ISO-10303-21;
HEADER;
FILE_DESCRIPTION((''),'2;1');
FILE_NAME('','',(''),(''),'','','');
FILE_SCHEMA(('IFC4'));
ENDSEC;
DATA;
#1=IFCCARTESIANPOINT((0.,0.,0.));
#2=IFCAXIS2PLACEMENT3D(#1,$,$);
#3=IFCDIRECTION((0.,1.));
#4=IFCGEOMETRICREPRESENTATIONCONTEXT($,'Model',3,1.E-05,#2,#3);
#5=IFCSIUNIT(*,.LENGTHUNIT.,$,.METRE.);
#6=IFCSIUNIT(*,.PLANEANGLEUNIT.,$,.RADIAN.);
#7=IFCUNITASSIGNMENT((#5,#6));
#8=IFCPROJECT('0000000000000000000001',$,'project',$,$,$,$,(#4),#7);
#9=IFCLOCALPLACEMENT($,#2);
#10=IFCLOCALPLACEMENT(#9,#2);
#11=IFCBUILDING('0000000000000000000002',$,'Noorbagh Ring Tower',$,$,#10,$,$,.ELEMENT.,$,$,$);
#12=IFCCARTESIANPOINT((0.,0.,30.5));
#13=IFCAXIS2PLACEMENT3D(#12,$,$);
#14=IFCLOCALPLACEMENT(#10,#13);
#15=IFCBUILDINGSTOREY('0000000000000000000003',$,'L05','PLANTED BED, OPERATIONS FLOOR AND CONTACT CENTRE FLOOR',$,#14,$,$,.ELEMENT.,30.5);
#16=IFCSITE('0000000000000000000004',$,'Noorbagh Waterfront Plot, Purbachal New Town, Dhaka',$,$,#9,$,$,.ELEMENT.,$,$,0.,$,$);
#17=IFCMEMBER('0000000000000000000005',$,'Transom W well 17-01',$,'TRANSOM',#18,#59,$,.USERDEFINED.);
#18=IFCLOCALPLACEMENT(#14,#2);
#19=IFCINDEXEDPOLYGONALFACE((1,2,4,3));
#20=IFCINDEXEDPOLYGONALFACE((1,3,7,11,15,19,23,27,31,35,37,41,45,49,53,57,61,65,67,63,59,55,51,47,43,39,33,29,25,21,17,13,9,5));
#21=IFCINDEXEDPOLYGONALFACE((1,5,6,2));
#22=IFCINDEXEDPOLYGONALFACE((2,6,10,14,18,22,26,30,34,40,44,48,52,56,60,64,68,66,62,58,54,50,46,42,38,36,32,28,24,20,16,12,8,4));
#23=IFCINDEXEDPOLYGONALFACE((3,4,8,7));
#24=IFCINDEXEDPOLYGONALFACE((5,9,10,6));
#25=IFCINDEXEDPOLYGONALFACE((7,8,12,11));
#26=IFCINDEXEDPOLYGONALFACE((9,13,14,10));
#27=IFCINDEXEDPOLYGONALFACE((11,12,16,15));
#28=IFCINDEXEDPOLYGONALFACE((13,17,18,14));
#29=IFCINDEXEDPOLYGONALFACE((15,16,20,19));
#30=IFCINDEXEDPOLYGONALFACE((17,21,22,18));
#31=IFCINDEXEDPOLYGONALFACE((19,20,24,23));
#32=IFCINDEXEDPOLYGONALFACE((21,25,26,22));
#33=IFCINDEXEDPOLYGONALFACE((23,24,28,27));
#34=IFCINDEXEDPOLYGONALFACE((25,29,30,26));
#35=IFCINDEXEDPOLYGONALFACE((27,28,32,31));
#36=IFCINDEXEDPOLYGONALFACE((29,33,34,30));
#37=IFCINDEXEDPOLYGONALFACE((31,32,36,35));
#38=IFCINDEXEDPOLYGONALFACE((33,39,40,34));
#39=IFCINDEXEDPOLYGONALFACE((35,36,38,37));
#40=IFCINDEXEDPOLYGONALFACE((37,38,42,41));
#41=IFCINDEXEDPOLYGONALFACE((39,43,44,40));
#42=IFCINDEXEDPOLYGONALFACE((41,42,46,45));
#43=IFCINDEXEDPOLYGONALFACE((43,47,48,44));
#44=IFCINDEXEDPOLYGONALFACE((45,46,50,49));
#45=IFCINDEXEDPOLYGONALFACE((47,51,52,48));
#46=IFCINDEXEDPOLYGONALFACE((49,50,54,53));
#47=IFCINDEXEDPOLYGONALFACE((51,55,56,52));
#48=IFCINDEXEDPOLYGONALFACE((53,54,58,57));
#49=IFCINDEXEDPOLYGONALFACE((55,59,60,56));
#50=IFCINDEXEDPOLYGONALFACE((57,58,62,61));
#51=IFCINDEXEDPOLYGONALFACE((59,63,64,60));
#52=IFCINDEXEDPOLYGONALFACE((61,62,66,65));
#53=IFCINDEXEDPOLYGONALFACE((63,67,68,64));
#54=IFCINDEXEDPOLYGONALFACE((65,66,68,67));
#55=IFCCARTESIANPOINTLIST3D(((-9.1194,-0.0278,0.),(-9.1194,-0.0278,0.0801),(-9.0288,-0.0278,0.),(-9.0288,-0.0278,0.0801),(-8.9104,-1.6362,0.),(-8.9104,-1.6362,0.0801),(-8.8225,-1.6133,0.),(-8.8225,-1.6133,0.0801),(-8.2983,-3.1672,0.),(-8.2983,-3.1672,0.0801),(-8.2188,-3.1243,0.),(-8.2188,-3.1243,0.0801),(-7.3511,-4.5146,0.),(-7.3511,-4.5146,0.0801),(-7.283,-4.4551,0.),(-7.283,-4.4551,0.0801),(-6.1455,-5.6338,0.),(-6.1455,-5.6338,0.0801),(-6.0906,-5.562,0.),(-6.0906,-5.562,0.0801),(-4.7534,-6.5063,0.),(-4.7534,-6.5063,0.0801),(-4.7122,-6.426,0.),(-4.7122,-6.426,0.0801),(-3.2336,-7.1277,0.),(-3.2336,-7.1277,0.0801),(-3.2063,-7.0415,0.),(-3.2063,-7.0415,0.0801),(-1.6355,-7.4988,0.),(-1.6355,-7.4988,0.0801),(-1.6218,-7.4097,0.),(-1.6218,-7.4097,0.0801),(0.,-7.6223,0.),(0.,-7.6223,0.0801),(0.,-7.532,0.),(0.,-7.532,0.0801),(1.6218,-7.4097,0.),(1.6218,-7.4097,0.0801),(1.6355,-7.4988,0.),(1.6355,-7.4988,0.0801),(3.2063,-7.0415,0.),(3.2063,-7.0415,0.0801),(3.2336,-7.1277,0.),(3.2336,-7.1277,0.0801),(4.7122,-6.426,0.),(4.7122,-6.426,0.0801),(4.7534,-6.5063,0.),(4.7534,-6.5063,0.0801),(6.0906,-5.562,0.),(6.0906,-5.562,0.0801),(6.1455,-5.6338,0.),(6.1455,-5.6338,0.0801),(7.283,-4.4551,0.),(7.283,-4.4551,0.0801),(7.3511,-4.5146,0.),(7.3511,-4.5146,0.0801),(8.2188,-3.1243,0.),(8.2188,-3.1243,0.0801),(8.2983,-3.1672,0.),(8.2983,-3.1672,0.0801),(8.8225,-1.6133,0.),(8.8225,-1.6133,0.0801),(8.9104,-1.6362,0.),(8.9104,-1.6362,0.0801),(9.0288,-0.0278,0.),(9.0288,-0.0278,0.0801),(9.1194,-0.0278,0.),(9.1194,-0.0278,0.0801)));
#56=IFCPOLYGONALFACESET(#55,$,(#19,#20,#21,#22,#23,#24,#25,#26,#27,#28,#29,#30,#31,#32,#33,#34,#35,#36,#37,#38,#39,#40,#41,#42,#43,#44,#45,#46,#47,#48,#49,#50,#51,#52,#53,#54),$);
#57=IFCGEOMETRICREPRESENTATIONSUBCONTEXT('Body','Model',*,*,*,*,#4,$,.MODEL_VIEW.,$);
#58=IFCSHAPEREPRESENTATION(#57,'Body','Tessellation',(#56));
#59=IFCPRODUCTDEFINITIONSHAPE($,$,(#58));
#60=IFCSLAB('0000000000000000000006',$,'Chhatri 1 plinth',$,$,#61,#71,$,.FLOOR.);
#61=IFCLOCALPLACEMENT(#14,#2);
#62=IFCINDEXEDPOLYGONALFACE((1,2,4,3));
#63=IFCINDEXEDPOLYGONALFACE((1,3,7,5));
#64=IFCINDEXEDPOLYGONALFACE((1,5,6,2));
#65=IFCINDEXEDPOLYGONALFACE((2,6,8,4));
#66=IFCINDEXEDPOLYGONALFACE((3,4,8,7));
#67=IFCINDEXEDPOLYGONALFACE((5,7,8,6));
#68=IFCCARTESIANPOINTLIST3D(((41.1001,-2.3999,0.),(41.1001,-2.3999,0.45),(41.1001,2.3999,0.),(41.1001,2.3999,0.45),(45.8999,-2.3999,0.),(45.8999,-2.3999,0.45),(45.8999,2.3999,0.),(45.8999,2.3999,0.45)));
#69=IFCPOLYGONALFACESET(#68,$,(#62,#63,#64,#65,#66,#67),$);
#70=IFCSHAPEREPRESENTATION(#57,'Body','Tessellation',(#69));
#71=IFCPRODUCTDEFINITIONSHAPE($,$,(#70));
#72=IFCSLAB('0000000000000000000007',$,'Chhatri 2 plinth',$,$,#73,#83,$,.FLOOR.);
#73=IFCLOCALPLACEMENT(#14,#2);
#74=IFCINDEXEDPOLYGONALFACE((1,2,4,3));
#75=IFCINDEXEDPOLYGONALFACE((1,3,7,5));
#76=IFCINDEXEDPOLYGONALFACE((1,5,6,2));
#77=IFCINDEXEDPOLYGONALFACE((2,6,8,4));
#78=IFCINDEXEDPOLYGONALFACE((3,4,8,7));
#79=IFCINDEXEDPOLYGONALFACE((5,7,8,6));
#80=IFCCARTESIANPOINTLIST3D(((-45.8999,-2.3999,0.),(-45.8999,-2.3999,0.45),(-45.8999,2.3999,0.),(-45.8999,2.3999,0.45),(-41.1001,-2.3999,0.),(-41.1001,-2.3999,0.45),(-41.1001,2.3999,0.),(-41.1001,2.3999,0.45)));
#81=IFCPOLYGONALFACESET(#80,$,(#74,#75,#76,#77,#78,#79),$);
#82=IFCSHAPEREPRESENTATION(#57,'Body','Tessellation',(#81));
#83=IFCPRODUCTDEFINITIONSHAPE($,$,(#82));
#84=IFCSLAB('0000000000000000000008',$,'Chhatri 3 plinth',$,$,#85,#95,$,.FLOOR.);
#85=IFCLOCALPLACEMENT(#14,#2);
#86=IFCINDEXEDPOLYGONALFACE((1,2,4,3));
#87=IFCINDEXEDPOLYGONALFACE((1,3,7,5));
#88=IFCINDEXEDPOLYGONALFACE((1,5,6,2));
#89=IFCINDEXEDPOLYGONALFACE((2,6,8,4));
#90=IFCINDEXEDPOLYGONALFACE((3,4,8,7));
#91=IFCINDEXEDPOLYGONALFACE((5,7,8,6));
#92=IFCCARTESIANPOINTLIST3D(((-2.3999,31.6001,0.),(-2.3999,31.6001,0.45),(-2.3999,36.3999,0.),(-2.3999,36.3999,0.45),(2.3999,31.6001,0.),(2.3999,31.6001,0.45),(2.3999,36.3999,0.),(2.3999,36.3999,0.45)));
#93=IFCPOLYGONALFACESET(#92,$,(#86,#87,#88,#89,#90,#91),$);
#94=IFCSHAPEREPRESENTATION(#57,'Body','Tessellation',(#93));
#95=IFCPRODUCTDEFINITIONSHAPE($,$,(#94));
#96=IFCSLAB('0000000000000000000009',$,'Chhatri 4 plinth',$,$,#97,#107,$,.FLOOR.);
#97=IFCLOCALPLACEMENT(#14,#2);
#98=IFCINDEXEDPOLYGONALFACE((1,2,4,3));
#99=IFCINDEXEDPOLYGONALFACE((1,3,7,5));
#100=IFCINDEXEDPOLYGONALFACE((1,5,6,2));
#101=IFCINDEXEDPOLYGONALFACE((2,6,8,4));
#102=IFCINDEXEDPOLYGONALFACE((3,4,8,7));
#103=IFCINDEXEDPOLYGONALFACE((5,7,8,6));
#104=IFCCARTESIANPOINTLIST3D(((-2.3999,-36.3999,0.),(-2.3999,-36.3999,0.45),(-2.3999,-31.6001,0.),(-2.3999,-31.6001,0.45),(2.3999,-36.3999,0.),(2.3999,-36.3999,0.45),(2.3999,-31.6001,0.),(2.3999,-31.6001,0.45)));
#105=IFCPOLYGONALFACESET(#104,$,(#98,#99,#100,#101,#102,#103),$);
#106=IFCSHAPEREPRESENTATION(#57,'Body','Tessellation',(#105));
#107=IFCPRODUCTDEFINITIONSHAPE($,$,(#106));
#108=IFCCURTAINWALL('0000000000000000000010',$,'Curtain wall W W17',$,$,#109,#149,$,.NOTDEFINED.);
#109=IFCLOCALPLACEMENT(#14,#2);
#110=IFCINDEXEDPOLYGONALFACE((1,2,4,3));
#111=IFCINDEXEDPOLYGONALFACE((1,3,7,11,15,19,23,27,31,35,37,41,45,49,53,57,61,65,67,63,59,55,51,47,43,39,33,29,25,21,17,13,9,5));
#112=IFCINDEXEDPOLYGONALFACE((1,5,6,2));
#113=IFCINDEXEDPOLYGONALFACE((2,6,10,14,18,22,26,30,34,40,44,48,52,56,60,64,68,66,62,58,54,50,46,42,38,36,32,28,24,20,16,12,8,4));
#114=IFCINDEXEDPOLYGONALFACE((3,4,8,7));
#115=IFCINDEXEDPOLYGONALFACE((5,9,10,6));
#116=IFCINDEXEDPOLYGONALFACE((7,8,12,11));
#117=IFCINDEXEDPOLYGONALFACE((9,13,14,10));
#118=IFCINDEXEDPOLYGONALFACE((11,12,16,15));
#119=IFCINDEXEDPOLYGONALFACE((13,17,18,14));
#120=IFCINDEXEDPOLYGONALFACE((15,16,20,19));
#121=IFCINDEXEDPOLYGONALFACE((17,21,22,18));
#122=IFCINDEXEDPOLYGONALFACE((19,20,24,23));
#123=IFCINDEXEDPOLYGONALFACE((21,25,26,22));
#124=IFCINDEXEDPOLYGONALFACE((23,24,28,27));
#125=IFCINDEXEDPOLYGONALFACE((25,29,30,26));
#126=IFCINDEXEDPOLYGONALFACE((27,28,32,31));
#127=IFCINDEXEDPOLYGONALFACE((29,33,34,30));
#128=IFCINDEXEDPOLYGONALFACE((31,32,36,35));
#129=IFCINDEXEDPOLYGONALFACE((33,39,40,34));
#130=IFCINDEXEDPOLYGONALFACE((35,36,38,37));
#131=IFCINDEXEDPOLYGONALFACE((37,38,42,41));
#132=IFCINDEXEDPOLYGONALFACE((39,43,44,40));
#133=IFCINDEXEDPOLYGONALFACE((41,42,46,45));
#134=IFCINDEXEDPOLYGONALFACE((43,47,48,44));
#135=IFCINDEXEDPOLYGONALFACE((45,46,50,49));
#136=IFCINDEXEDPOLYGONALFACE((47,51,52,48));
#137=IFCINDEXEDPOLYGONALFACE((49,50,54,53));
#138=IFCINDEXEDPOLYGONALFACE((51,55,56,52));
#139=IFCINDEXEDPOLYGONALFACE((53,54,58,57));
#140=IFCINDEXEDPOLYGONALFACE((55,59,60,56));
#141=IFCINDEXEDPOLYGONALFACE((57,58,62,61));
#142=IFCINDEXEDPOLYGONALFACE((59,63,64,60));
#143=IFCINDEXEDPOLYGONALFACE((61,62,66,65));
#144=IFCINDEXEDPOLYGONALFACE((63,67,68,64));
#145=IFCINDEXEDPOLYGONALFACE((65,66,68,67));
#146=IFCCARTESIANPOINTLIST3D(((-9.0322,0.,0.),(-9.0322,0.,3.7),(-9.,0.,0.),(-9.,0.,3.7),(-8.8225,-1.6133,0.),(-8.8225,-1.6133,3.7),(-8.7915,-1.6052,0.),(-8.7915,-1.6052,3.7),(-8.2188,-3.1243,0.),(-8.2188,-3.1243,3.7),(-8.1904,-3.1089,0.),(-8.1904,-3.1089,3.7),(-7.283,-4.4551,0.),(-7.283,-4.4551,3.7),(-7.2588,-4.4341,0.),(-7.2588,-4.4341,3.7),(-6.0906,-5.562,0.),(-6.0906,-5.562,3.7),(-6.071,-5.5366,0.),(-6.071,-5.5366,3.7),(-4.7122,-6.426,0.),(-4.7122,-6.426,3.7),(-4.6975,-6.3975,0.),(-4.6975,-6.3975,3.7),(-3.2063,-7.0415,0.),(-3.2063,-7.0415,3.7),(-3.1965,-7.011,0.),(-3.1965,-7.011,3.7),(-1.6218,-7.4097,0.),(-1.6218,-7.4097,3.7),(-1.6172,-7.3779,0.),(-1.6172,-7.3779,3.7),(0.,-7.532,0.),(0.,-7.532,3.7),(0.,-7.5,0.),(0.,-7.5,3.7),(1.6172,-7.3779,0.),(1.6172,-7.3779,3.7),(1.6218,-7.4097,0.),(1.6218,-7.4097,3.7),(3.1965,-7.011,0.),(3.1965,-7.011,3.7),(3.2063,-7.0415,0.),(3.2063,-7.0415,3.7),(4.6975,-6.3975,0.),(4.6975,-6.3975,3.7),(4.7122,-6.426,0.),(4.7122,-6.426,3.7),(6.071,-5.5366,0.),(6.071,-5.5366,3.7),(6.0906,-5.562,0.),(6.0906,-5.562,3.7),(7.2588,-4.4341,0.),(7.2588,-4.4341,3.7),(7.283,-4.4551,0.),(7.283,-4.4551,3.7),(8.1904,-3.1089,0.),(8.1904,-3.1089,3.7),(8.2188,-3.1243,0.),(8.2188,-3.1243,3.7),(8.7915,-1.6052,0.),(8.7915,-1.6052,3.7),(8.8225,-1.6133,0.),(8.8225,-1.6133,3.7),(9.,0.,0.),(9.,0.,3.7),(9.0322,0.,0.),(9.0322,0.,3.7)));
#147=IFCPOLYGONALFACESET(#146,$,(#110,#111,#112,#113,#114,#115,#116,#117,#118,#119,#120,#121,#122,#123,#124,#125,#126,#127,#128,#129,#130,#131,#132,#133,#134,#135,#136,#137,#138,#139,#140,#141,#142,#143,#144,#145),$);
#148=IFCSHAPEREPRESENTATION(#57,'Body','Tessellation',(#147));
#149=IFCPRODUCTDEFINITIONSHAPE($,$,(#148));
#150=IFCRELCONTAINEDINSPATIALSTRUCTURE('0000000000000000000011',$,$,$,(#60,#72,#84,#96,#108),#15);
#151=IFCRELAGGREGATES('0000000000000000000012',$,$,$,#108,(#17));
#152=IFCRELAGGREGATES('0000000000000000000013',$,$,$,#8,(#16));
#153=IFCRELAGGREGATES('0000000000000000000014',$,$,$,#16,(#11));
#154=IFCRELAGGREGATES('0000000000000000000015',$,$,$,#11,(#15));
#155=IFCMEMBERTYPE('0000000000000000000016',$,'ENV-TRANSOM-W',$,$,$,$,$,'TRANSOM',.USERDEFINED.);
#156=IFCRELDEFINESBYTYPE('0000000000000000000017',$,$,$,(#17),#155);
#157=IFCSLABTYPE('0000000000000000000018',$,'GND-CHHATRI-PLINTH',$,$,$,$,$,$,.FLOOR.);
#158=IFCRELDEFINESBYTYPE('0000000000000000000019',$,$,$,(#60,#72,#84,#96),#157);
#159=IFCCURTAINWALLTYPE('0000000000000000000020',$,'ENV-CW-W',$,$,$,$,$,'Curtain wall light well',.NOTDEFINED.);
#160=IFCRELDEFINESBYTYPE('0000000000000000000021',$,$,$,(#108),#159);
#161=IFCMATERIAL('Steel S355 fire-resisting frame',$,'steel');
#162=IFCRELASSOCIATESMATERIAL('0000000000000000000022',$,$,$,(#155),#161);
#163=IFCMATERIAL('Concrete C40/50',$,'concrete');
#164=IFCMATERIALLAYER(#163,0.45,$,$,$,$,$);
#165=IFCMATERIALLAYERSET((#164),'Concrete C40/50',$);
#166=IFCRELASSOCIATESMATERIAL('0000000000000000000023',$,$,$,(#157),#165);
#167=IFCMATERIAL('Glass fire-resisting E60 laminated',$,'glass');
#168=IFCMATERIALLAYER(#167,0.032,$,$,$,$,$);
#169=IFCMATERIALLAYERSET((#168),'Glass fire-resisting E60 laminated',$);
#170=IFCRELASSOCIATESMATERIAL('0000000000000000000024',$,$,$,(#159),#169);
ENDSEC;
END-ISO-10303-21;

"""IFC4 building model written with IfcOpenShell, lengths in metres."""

from ifc_helpers import new_model, si_unit, direction, frame, origin, place, context, subcontext, project, spatial, polyline, outline, extrude, material, layer, layer_set, type_object, element, aggregate, save


model = new_model("IFC4")

# Units and contexts
model_context = context("Model", 3, precision=1e-05, world=origin(), true_north=direction((0.0, 1.0)))
body_context = subcontext(model_context, "Body", "Model", "MODEL_VIEW")
ifc_project = project(units=[si_unit("LENGTHUNIT", "METRE"), si_unit("PLANEANGLEUNIT", "RADIAN")], contexts=[model_context])

# Member
site_placement = place(None, origin())
building_placement = place(site_placement, origin())
storey_placement = place(building_placement, frame((0.0, 0.0, 30.5)))
ifc_material_1 = material(Name="Steel S355 fire-resisting frame", Category="steel")
member_type_1 = type_object("IfcMemberType", Name="ENV-TRANSOM-W", ElementType="TRANSOM", PredefinedType="USERDEFINED", material=ifc_material_1)
member_1_placement = place(storey_placement, origin())
member_1 = element("IfcMember", 1, at=member_1_placement, type_object=member_type_1, Name="Transom W well 17-01", ObjectType="TRANSOM", PredefinedType="USERDEFINED", context=body_context, shape_type="SweptSolid", body=[
    extrude(outline(polyline([(-9.1194, -0.0278), (-8.9104, -1.6362), (-8.2983, -3.1672), (-7.3511, -4.5146), (-6.1455, -5.6338), (-4.7534, -6.5063), (-3.2336, -7.1277), (-1.6355, -7.4988), (0.0, -7.6223), (1.6355, -7.4988), (3.2336, -7.1277), (4.7534, -6.5063), (6.1455, -5.6338), (7.3511, -4.5146), (8.2983, -3.1672), (8.9104, -1.6362), (9.1194, -0.0278), (9.0288, -0.0278), (8.8225, -1.6133), (8.2188, -3.1243), (7.283, -4.4551), (6.0906, -5.562), (4.7122, -6.426), (3.2063, -7.0415), (1.6218, -7.4097), (0.0, -7.532), (-1.6218, -7.4097), (-3.2063, -7.0415), (-4.7122, -6.426), (-6.0906, -5.562), (-7.283, -4.4551), (-8.2188, -3.1243), (-8.8225, -1.6133), (-9.0288, -0.0278), (-9.1194, -0.0278)])), origin(), (0.0, 0.0, 1.0), 0.0801),
])

# Site, building, storey
site = spatial("IfcSite", under=ifc_project, at=site_placement, Name="Noorbagh Waterfront Plot, Purbachal New Town, Dhaka", CompositionType="ELEMENT", RefElevation=0.0)
building = spatial("IfcBuilding", under=site, at=building_placement, Name="Noorbagh Ring Tower", CompositionType="ELEMENT")
storey = spatial("IfcBuildingStorey", under=building, at=storey_placement, Name="L05", Description="PLANTED BED, OPERATIONS FLOOR AND CONTACT CENTRE FLOOR", CompositionType="ELEMENT", Elevation=30.5)

# Slabs
ifc_material_2 = material(Name="Concrete C40/50", Category="concrete")
ifc_layer_1 = layer(ifc_material_2, 0.45)
ifc_layer_set_1 = layer_set([ifc_layer_1], Name="Concrete C40/50")
slab_type = type_object("IfcSlabType", Name="GND-CHHATRI-PLINTH", PredefinedType="FLOOR", material=ifc_layer_set_1)
slab_1_placement = place(storey_placement, origin())
element("IfcSlab", 2, at=slab_1_placement, inside=storey, type_object=slab_type, Name="Chhatri 1 plinth", PredefinedType="FLOOR", context=body_context, shape_type="SweptSolid", body=[
    extrude(outline(polyline([(41.1001, -2.3999), (45.8999, -2.3999), (45.8999, 2.3999), (41.1001, 2.3999), (41.1001, -2.3999)])), origin(), (0.0, 0.0, 1.0), 0.45),
])
slab_2_placement = place(storey_placement, origin())
element("IfcSlab", 3, at=slab_2_placement, inside=storey, type_object=slab_type, Name="Chhatri 2 plinth", PredefinedType="FLOOR", context=body_context, shape_type="SweptSolid", body=[
    extrude(outline(polyline([(-45.8999, -2.3999), (-41.1001, -2.3999), (-41.1001, 2.3999), (-45.8999, 2.3999), (-45.8999, -2.3999)])), origin(), (0.0, 0.0, 1.0), 0.45),
])
slab_3_placement = place(storey_placement, origin())
element("IfcSlab", 4, at=slab_3_placement, inside=storey, type_object=slab_type, Name="Chhatri 3 plinth", PredefinedType="FLOOR", context=body_context, shape_type="SweptSolid", body=[
    extrude(outline(polyline([(-2.3999, 31.6001), (2.3999, 31.6001), (2.3999, 36.3999), (-2.3999, 36.3999), (-2.3999, 31.6001)])), origin(), (0.0, 0.0, 1.0), 0.45),
])
slab_4_placement = place(storey_placement, origin())
element("IfcSlab", 5, at=slab_4_placement, inside=storey, type_object=slab_type, Name="Chhatri 4 plinth", PredefinedType="FLOOR", context=body_context, shape_type="SweptSolid", body=[
    extrude(outline(polyline([(-2.3999, -36.3999), (2.3999, -36.3999), (2.3999, -31.6001), (-2.3999, -31.6001), (-2.3999, -36.3999)])), origin(), (0.0, 0.0, 1.0), 0.45),
])

# Curtain wall
ifc_material_3 = material(Name="Glass fire-resisting E60 laminated", Category="glass")
ifc_layer_2 = layer(ifc_material_3, 0.032)
ifc_layer_set_2 = layer_set([ifc_layer_2], Name="Glass fire-resisting E60 laminated")
curtain_wall_type = type_object("IfcCurtainWallType", Name="ENV-CW-W", ElementType="Curtain wall light well", PredefinedType="NOTDEFINED", material=ifc_layer_set_2)
curtain_wall_1_placement = place(storey_placement, origin())
curtain_wall_1 = element("IfcCurtainWall", 6, at=curtain_wall_1_placement, inside=storey, type_object=curtain_wall_type, Name="Curtain wall W W17", PredefinedType="NOTDEFINED", context=body_context, shape_type="SweptSolid", body=[
    extrude(outline(polyline([(-9.0322, 0.0), (-8.8225, -1.6133), (-8.2188, -3.1243), (-7.283, -4.4551), (-6.0906, -5.562), (-4.7122, -6.426), (-3.2063, -7.0415), (-1.6218, -7.4097), (0.0, -7.532), (1.6218, -7.4097), (3.2063, -7.0415), (4.7122, -6.426), (6.0906, -5.562), (7.283, -4.4551), (8.2188, -3.1243), (8.8225, -1.6133), (9.0322, 0.0), (9.0, 0.0), (8.7915, -1.6052), (8.1904, -3.1089), (7.2588, -4.4341), (6.071, -5.5366), (4.6975, -6.3975), (3.1965, -7.011), (1.6172, -7.3779), (0.0, -7.5), (-1.6172, -7.3779), (-3.1965, -7.011), (-4.6975, -6.3975), (-6.071, -5.5366), (-7.2588, -4.4341), (-8.1904, -3.1089), (-8.7915, -1.6052), (-9.0, 0.0), (-9.0322, 0.0)])), origin(), (0.0, 0.0, 1.0), 3.7),
])
aggregate(curtain_wall_1, [member_1])

save(model, "model.ifc")
